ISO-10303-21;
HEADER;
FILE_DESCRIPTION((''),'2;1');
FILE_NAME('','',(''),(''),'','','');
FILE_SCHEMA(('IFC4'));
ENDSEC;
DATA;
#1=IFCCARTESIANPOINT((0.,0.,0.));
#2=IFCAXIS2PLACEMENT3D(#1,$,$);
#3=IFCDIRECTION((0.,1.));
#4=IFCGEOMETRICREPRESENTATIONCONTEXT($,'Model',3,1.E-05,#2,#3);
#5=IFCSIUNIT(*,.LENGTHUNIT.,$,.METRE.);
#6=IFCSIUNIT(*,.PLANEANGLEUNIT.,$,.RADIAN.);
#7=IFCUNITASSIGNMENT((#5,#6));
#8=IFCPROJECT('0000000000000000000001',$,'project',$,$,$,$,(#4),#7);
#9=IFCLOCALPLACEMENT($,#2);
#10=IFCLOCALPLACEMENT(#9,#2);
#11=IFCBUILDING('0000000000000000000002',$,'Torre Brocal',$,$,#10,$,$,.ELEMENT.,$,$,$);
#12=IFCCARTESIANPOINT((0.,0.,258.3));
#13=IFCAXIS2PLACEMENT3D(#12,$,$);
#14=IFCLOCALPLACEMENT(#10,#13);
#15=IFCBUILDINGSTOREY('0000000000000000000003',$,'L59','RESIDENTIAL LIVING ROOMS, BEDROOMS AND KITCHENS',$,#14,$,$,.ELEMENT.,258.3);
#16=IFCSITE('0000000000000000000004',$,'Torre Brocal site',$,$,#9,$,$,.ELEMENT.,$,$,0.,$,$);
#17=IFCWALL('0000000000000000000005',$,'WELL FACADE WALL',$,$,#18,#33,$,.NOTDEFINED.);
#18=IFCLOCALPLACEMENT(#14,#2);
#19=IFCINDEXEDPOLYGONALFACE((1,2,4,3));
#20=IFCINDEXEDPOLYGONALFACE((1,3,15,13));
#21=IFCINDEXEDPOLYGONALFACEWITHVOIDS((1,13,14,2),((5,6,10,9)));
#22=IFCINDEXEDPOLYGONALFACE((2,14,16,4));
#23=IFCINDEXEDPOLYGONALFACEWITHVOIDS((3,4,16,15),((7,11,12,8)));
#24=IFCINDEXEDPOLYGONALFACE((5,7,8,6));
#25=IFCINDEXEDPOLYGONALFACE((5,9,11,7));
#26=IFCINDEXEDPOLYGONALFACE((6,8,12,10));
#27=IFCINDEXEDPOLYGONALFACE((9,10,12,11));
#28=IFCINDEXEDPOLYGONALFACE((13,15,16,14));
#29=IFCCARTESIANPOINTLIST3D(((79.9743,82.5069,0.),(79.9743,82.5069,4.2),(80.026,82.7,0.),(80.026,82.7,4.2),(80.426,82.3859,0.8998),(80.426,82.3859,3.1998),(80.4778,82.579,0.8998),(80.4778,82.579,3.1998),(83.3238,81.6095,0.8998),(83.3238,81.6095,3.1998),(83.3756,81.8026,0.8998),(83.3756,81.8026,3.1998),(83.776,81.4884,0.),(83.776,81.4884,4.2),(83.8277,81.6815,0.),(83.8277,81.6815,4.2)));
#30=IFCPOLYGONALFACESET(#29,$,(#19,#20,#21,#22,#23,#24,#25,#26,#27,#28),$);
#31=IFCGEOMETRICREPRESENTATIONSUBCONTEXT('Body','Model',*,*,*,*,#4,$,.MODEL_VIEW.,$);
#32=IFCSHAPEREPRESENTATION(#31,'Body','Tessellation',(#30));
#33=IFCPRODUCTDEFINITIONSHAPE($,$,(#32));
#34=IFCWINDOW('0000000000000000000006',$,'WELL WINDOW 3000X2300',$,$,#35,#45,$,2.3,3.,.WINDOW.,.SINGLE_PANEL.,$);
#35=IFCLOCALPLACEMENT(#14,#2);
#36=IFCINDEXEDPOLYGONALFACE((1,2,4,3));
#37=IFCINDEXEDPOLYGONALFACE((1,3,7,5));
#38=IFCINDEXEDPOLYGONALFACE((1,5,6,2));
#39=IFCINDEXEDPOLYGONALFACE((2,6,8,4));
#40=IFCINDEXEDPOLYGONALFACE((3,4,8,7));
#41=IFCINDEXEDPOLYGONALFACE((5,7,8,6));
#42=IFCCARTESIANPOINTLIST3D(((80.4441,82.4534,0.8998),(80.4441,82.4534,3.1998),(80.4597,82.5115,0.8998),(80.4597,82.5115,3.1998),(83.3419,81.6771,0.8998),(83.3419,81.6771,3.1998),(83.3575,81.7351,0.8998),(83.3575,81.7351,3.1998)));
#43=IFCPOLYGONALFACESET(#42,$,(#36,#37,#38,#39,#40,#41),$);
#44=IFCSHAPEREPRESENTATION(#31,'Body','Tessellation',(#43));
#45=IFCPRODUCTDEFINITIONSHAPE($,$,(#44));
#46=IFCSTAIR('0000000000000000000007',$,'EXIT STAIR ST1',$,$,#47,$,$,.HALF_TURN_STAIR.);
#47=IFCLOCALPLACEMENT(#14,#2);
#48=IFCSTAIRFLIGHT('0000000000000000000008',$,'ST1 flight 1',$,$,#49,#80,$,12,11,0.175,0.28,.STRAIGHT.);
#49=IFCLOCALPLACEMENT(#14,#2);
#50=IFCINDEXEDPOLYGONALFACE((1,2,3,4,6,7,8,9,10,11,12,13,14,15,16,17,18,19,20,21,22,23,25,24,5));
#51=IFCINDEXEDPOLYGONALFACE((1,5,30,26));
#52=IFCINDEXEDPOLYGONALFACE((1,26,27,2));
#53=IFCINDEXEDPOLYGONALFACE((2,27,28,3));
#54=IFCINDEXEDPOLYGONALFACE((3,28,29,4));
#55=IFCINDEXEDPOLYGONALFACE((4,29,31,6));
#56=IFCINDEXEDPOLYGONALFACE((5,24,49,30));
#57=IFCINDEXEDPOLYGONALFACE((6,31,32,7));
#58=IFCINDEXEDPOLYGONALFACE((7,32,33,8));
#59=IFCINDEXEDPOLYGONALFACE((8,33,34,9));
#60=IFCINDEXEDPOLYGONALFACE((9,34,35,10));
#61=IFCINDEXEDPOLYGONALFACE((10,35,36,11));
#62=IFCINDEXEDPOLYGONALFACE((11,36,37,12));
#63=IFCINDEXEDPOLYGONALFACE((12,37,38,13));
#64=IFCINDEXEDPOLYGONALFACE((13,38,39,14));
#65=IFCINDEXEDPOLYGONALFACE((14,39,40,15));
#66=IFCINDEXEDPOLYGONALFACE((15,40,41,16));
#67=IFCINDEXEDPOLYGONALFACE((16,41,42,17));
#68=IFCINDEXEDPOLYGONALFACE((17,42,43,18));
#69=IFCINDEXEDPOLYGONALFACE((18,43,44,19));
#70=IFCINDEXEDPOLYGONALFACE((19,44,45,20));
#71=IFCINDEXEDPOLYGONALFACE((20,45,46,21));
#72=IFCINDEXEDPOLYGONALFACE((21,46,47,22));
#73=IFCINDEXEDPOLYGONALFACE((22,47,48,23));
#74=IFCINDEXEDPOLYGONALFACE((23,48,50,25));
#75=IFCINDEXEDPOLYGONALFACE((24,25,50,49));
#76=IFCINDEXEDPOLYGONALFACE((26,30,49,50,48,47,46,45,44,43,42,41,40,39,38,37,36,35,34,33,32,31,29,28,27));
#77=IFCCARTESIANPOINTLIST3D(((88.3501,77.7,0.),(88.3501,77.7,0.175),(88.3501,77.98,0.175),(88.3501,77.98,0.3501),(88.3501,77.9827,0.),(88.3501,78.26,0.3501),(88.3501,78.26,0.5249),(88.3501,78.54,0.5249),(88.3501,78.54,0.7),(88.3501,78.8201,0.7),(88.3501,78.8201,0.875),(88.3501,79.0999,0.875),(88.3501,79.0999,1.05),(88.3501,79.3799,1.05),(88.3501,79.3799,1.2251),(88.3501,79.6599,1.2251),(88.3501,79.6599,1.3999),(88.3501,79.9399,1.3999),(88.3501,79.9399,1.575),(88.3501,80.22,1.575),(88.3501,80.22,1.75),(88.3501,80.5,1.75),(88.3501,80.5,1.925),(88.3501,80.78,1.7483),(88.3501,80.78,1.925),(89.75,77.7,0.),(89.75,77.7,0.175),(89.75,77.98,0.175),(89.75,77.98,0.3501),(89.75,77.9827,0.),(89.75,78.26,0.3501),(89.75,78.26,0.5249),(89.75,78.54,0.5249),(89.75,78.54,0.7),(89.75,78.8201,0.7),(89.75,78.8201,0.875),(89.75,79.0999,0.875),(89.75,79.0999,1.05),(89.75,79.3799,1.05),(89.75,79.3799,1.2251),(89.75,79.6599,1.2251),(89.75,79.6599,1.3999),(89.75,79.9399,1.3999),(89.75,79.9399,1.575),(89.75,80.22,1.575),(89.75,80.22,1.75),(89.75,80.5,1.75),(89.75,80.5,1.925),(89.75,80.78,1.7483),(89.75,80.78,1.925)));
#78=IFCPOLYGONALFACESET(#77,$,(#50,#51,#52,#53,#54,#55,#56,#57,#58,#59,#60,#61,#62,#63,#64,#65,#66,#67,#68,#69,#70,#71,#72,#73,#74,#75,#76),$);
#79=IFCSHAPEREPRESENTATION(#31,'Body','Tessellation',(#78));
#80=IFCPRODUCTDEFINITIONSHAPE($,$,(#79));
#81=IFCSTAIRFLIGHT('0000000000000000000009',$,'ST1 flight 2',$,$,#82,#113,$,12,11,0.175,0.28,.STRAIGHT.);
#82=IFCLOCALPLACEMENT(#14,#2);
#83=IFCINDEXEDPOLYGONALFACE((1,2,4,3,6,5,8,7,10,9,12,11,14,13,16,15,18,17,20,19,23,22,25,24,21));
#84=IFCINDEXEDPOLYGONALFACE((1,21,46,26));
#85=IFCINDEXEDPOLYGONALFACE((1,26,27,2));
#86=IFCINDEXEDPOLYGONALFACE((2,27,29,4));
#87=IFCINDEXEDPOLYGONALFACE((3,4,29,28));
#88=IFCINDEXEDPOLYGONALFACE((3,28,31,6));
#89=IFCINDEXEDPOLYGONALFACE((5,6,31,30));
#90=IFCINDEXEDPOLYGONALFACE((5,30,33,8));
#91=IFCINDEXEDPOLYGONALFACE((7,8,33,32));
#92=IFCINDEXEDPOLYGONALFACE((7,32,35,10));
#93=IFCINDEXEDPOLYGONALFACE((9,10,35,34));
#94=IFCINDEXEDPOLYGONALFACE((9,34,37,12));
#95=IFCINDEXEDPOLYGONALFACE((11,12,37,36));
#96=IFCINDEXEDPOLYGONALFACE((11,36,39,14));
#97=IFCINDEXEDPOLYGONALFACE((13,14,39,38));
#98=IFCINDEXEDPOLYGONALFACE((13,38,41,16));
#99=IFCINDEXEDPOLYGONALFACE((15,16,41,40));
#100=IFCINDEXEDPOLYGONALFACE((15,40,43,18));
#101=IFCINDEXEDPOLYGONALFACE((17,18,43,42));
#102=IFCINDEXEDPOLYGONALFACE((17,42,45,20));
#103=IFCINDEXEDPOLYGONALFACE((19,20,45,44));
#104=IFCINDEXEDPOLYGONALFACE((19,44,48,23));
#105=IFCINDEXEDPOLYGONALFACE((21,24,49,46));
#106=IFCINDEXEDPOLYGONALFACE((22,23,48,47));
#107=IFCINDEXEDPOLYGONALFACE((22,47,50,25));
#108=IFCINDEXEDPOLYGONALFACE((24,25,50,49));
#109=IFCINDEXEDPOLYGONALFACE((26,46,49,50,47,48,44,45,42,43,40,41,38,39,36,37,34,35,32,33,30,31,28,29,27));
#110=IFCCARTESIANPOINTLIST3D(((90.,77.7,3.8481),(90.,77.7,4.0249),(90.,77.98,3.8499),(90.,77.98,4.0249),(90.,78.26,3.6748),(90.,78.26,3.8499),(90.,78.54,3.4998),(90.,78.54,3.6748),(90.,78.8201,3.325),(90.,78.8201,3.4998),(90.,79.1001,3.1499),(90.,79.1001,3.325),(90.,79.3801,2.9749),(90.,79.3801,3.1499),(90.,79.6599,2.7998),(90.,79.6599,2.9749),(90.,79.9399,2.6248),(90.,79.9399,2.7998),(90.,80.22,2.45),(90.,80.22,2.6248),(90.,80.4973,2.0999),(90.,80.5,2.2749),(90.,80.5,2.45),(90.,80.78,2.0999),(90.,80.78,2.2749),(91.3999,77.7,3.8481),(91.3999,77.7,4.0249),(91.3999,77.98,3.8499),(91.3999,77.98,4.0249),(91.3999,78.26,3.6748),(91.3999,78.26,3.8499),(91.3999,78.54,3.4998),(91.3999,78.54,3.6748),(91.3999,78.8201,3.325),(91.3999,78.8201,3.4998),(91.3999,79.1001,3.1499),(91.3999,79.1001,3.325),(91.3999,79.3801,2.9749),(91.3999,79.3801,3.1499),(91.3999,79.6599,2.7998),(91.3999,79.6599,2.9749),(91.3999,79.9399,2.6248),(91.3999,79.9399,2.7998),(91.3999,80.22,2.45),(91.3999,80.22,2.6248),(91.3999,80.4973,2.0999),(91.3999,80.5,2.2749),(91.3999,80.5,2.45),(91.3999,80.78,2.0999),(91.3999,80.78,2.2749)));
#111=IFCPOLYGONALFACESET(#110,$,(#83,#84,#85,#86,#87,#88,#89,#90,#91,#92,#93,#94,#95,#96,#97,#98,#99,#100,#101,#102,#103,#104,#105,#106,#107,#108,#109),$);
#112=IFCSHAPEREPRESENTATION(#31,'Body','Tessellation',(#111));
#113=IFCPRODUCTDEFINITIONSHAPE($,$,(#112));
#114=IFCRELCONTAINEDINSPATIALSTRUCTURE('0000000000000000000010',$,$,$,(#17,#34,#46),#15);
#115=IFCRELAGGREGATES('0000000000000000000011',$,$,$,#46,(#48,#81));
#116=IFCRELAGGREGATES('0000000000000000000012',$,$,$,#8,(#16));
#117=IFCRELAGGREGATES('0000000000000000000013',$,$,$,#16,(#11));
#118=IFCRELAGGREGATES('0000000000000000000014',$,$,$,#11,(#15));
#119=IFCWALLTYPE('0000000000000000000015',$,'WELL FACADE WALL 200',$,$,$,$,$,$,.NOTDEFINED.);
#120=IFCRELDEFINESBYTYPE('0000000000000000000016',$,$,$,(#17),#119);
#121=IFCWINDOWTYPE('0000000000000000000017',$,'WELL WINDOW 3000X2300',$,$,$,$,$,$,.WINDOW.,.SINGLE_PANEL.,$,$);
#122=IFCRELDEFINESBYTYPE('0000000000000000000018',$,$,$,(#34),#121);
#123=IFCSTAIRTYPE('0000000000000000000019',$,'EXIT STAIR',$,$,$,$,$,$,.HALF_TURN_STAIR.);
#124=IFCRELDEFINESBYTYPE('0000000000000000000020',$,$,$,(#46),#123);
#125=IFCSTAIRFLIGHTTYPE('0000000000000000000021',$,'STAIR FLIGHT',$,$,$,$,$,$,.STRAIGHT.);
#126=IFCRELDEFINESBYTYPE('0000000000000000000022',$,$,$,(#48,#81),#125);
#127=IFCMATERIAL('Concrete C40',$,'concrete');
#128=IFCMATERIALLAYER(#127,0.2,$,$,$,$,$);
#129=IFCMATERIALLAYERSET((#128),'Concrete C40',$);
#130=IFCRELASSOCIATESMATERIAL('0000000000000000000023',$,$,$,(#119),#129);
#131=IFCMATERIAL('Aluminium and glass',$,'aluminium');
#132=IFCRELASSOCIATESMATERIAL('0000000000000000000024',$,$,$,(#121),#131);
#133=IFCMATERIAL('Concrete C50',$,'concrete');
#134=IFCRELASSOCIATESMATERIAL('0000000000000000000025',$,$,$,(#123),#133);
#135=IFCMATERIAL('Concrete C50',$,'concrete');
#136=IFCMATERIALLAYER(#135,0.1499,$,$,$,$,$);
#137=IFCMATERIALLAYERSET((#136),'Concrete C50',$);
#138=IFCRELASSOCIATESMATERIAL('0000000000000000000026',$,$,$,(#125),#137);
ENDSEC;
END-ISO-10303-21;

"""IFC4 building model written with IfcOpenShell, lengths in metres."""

from ifc_helpers import new_model, si_unit, direction, frame, frame_2d, origin, place, context, subcontext, project, spatial, polyline, rectangle, outline, extrude, material, layer, layer_set, type_object, element, fill, aggregate, save


model = new_model("IFC4")

# Units and contexts
model_context = context("Model", 3, precision=1e-05, world=origin(), true_north=direction((0.0, 1.0)))
body_context = subcontext(model_context, "Body", "Model", "MODEL_VIEW")
ifc_project = project(units=[si_unit("LENGTHUNIT", "METRE"), si_unit("PLANEANGLEUNIT", "RADIAN")], contexts=[model_context])

# Site, building, storey
site_placement = place(None, origin())
site = spatial("IfcSite", under=ifc_project, at=site_placement, Name="Torre Brocal site", CompositionType="ELEMENT", RefElevation=0.0)
building_placement = place(site_placement, origin())
building = spatial("IfcBuilding", under=site, at=building_placement, Name="Torre Brocal", CompositionType="ELEMENT")
storey_placement = place(building_placement, frame((0.0, 0.0, 258.3)))
storey = spatial("IfcBuildingStorey", under=building, at=storey_placement, Name="L59", Description="RESIDENTIAL LIVING ROOMS, BEDROOMS AND KITCHENS", CompositionType="ELEMENT", Elevation=258.3)

# Wall, opening, window
ifc_material_1 = material(Name="Concrete C40", Category="concrete")
ifc_layer_1 = layer(ifc_material_1, 0.2)
ifc_layer_set_1 = layer_set([ifc_layer_1], Name="Concrete C40")
wall_type_1 = type_object("IfcWallType", Name="WELL FACADE WALL 200", PredefinedType="NOTDEFINED", material=ifc_layer_set_1)
ifc_material_2 = material(Name="Aluminium and glass", Category="aluminium")
window_type = type_object("IfcWindowType", Name="WELL WINDOW 3000X2300", PartitioningType="SINGLE_PANEL", PredefinedType="WINDOW", material=ifc_material_2)
wall_1_placement = place(storey_placement, frame((83.8018, 81.585, 0.0), z_axis=(0.0, 0.0, 1.0), x_axis=(-0.965934, 0.25879, 0.0)))
wall_1 = element("IfcWall", 1, at=wall_1_placement, inside=storey, type_object=wall_type_1, Name="WELL FACADE WALL", PredefinedType="NOTDEFINED", context=body_context, shape_type="SweptSolid", body=[
    extrude(rectangle(XDim=3.9358, YDim=0.2, at=frame_2d((1.9678, 0.0))), origin(), (0.0, 0.0, 1.0), 4.2),
])
opening_1_placement = place(wall_1_placement, frame((0.468, 0.0, 0.8999)))
opening_1 = element("IfcOpeningElement", 2, at=opening_1_placement, cuts=wall_1, PredefinedType="OPENING", context=body_context, shape_type="SweptSolid", body=[
    extrude(rectangle(XDim=3.0, YDim=2.3, at=frame_2d((1.5, 1.1499))), frame((0.0, 0.1099, 0.0), z_axis=(0.0, -1.0, 0.0), x_axis=(1.0, 0.0, 0.0)), (0.0, 0.0, 1.0), 0.22),
])
window_1_placement = place(opening_1_placement, origin())
window_1 = element("IfcWindow", 3, at=window_1_placement, inside=storey, type_object=window_type, Name="WELL WINDOW 3000X2300", OverallHeight=2.3, OverallWidth=3.0, PartitioningType="SINGLE_PANEL", PredefinedType="WINDOW", context=body_context, shape_type="SweptSolid", body=[
    extrude(rectangle(XDim=3.0, YDim=2.3, at=frame_2d((1.5, 1.1499))), frame((0.0, 0.03, 0.0), z_axis=(0.0, -1.0, 0.0), x_axis=(1.0, 0.0, 0.0)), (0.0, 0.0, 1.0), 0.0601),
])
fill(opening_1, window_1)

# Stair, stair flights
ifc_material_3 = material(Name="Concrete C50", Category="concrete")
stair_type = type_object("IfcStairType", Name="EXIT STAIR", PredefinedType="HALF_TURN_STAIR", material=ifc_material_3)
stair_placement = place(storey_placement, origin())
stair = element("IfcStair", 4, at=stair_placement, inside=storey, type_object=stair_type, Name="EXIT STAIR ST1", PredefinedType="HALF_TURN_STAIR")
ifc_material_4 = material(Name="Concrete C50", Category="concrete")
ifc_layer_2 = layer(ifc_material_4, 0.1499)
ifc_layer_set_2 = layer_set([ifc_layer_2], Name="Concrete C50")
stair_flight_type = type_object("IfcStairFlightType", Name="STAIR FLIGHT", PredefinedType="STRAIGHT", material=ifc_layer_set_2)
stair_flight_1_placement = place(storey_placement, frame((89.05, 77.7, 0.0), z_axis=(0.0, 0.0, 1.0), x_axis=(0.0, 1.0, 0.0)))
stair_flight_1 = element("IfcStairFlight", 5, at=stair_flight_1_placement, type_object=stair_flight_type, Name="ST1 flight 1", NumberOfRisers=12, NumberOfTreads=11, PredefinedType="STRAIGHT", RiserHeight=0.175, TreadLength=0.28, context=body_context, shape_type="SweptSolid", body=[
    extrude(outline(polyline([(0.0, 0.0), (0.0, 0.175), (0.28, 0.175), (0.28, 0.3501), (0.5601, 0.3501), (0.5601, 0.5249), (0.8401, 0.5249), (0.8401, 0.7), (1.1201, 0.7), (1.1201, 0.875), (1.3999, 0.875), (1.3999, 1.05), (1.6799, 1.05), (1.6799, 1.2251), (1.96, 1.2251), (1.96, 1.3999), (2.24, 1.3999), (2.24, 1.575), (2.52, 1.575), (2.52, 1.75), (2.8, 1.75), (2.8, 1.925), (3.0801, 1.925), (3.0801, 2.1001), (3.0801, 1.7483), (0.2827, 0.0), (0.0, 0.0)])), frame((0.0, 0.7, 0.0), z_axis=(0.0, -1.0, 0.0), x_axis=(1.0, 0.0, 0.0)), (0.0, 0.0, 1.0), 1.3999),
])
stair_flight_2_placement = place(storey_placement, frame((90.7, 80.78, 2.0999), z_axis=(0.0, 0.0, 1.0), x_axis=(0.0, -1.0, 0.0)))
stair_flight_2 = element("IfcStairFlight", 6, at=stair_flight_2_placement, type_object=stair_flight_type, Name="ST1 flight 2", NumberOfRisers=12, NumberOfTreads=11, PredefinedType="STRAIGHT", RiserHeight=0.175, TreadLength=0.28, context=body_context, shape_type="SweptSolid", body=[
    extrude(outline(polyline([(0.0, 0.0), (0.0, 0.175), (0.28, 0.175), (0.28, 0.3501), (0.5601, 0.3501), (0.5601, 0.5249), (0.8401, 0.5249), (0.8401, 0.7), (1.1201, 0.7), (1.1201, 0.875), (1.3999, 0.875), (1.3999, 1.05), (1.6799, 1.05), (1.6799, 1.2251), (1.96, 1.2251), (1.96, 1.3999), (2.24, 1.3999), (2.24, 1.575), (2.52, 1.575), (2.52, 1.75), (2.8, 1.75), (2.8, 1.925), (3.0801, 1.925), (3.0801, 2.1001), (3.0801, 1.7483), (0.2827, 0.0), (0.0, 0.0)])), frame((0.0, 0.7, 0.0), z_axis=(0.0, -1.0, 0.0), x_axis=(1.0, 0.0, 0.0)), (0.0, 0.0, 1.0), 1.3999),
])
aggregate(stair, [stair_flight_1, stair_flight_2])

save(model, "model.ifc")
